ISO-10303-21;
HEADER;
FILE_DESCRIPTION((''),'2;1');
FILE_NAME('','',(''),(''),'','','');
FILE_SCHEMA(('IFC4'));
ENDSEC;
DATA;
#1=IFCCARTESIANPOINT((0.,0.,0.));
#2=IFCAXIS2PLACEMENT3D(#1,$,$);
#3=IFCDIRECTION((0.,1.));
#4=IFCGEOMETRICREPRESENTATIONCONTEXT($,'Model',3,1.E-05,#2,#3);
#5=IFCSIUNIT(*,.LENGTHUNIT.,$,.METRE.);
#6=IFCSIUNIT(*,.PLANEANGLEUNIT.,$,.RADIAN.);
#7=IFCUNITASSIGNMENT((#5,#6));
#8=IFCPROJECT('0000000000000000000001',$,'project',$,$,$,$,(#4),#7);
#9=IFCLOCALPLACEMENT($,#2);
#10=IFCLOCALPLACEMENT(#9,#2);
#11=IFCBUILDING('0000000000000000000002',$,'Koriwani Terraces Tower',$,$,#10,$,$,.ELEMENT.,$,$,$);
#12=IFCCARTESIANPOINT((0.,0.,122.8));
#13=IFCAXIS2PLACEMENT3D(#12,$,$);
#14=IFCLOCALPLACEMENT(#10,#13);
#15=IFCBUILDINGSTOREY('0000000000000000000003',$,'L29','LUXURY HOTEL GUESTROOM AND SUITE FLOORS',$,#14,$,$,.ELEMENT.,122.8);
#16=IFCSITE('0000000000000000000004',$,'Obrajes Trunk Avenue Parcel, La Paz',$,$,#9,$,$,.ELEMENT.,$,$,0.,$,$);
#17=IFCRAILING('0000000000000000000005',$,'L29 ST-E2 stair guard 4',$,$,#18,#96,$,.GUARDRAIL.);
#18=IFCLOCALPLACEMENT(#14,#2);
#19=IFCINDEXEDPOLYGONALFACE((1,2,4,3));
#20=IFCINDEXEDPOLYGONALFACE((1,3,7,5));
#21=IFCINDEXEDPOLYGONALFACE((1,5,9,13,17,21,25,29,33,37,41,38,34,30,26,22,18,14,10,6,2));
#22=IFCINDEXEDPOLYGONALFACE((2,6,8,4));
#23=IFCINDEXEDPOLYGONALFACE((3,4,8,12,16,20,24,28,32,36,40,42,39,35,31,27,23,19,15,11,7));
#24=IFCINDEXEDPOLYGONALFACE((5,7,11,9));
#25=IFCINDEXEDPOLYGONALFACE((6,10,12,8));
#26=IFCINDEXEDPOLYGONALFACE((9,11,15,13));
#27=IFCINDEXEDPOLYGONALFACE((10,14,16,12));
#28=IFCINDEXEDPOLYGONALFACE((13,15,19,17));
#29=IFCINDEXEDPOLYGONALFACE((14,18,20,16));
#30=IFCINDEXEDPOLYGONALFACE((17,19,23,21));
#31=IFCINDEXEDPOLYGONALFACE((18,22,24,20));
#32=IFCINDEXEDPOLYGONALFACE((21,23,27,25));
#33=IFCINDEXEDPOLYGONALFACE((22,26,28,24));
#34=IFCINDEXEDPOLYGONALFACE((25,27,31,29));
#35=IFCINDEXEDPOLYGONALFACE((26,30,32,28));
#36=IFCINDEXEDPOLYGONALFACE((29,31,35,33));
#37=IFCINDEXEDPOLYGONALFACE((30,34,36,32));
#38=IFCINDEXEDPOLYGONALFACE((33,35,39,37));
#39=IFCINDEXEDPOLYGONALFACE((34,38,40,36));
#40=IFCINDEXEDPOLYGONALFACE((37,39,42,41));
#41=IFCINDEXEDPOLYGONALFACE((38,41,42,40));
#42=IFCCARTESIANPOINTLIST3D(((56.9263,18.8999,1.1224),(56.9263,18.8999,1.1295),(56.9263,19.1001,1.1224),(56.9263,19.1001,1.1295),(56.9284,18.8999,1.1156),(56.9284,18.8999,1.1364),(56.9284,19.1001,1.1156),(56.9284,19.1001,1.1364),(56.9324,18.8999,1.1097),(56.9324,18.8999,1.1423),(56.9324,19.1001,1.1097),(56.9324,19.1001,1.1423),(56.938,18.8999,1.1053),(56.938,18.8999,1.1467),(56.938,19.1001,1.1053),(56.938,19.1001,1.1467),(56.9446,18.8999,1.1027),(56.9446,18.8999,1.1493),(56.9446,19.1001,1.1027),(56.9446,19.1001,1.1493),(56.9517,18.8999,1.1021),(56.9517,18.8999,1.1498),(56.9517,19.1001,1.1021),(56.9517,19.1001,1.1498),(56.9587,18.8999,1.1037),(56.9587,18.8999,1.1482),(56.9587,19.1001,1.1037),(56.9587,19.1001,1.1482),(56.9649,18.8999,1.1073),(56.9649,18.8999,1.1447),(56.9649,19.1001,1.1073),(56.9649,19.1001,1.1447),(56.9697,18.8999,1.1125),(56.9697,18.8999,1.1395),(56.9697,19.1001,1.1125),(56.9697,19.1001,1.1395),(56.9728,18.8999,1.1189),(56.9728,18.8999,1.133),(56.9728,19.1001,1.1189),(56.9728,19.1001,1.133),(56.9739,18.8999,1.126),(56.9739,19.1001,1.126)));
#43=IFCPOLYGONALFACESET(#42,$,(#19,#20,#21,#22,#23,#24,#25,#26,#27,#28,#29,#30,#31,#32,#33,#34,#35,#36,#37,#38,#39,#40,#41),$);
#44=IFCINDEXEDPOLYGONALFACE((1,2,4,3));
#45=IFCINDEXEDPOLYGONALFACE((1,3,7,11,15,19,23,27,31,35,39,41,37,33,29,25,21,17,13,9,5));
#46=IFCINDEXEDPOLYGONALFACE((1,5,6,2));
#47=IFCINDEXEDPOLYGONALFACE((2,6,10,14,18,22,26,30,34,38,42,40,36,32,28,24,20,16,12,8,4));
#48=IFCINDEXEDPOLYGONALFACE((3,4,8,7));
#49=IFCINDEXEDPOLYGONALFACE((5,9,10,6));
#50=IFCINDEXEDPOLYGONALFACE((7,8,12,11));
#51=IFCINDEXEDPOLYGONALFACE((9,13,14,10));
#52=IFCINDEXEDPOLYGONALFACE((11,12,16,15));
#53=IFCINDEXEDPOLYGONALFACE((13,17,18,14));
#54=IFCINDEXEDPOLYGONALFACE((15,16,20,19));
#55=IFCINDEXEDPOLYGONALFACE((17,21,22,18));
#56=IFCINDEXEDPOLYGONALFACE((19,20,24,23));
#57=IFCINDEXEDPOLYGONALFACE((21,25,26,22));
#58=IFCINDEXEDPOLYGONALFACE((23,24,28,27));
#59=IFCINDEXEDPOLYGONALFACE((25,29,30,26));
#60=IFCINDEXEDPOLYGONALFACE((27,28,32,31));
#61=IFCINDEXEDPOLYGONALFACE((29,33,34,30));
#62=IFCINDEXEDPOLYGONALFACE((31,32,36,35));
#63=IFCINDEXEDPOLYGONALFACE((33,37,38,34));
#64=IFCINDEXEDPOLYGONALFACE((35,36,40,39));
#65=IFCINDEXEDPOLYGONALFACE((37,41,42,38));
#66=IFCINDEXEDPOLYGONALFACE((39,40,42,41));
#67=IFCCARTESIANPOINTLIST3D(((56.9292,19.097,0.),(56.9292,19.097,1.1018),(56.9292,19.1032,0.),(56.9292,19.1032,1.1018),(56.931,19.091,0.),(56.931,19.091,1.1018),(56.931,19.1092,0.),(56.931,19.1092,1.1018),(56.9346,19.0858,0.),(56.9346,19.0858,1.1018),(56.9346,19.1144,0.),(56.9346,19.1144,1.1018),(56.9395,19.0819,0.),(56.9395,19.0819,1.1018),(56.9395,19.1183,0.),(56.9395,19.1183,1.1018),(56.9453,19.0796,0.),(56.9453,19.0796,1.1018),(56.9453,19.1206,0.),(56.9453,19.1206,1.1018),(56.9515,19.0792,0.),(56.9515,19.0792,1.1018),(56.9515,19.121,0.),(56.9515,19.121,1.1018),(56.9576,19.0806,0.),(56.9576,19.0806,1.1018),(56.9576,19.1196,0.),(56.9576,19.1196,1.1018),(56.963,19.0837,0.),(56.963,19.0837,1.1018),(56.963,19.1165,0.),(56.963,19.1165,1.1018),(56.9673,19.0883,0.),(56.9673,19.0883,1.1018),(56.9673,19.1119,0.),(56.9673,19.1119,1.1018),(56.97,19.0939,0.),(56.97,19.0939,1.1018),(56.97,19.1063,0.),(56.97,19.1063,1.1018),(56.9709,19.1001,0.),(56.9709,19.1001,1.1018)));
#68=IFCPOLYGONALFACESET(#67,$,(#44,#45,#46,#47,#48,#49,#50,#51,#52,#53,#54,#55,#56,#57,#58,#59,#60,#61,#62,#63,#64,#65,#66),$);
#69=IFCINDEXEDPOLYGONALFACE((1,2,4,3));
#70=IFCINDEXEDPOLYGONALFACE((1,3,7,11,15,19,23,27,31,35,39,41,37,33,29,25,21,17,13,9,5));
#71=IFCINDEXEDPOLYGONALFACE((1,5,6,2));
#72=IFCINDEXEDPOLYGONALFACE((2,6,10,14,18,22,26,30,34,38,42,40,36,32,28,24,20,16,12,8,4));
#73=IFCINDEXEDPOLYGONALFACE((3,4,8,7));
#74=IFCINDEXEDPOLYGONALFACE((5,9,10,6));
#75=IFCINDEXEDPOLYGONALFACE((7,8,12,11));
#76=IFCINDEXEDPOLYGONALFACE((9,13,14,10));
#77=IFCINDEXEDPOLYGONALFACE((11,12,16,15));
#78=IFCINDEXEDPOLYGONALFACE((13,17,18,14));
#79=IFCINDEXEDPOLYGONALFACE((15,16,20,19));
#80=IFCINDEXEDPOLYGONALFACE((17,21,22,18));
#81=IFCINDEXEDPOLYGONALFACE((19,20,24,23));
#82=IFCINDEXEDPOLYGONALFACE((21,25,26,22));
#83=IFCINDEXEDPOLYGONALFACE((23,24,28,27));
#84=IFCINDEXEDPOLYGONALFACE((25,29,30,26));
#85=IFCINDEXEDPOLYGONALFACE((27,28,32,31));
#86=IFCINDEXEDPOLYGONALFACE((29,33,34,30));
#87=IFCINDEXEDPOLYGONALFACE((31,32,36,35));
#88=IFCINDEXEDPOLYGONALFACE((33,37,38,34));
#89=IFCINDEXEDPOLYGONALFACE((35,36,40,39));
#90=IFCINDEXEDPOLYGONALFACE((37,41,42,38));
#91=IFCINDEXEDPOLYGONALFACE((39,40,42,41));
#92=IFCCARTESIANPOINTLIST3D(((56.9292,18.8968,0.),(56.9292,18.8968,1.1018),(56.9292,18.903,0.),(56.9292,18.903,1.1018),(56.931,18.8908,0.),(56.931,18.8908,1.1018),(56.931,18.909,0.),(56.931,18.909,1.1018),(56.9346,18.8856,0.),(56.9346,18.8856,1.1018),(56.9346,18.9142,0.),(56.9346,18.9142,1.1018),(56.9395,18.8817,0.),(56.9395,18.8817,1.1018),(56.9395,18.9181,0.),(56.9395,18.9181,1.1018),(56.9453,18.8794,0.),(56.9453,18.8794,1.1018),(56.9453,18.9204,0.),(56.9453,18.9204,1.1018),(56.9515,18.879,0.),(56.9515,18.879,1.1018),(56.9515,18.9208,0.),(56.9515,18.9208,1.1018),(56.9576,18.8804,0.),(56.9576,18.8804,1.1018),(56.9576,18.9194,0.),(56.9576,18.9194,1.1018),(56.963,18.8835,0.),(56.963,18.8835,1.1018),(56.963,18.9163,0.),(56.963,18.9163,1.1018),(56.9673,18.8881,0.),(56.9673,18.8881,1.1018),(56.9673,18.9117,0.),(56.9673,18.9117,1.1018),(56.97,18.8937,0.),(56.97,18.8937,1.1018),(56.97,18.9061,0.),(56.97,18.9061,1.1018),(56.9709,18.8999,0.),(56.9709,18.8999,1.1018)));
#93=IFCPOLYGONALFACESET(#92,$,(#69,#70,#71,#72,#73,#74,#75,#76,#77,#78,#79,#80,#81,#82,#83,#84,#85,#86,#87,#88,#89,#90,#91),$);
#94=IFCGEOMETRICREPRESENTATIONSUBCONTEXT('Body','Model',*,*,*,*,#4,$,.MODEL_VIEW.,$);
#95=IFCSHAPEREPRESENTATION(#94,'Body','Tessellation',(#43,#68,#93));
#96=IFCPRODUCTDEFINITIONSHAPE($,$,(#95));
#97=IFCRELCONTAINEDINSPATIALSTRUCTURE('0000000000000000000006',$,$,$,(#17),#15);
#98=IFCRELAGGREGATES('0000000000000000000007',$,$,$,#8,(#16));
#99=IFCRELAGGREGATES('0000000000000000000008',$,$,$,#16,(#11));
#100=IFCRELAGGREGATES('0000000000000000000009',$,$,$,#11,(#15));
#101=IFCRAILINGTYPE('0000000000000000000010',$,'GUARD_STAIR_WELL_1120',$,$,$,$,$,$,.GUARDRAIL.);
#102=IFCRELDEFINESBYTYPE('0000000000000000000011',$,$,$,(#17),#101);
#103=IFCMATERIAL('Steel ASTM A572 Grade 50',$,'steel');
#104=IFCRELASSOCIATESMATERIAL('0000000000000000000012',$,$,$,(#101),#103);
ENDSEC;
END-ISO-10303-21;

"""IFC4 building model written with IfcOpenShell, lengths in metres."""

from ifc_helpers import new_model, si_unit, direction, frame, origin, origin_2d, place, context, subcontext, project, spatial, circle, extrude, material, type_object, element, save


model = new_model("IFC4")

# Units and contexts
model_context = context("Model", 3, precision=1e-05, world=origin(), true_north=direction((0.0, 1.0)))
body_context = subcontext(model_context, "Body", "Model", "MODEL_VIEW")
ifc_project = project(units=[si_unit("LENGTHUNIT", "METRE"), si_unit("PLANEANGLEUNIT", "RADIAN")], contexts=[model_context])

# Site, building, storey
site_placement = place(None, origin())
site = spatial("IfcSite", under=ifc_project, at=site_placement, Name="Obrajes Trunk Avenue Parcel, La Paz", CompositionType="ELEMENT", RefElevation=0.0)
building_placement = place(site_placement, origin())
building = spatial("IfcBuilding", under=site, at=building_placement, Name="Koriwani Terraces Tower", CompositionType="ELEMENT")
storey_placement = place(building_placement, frame((0.0, 0.0, 122.8)))
storey = spatial("IfcBuildingStorey", under=building, at=storey_placement, Name="L29", Description="LUXURY HOTEL GUESTROOM AND SUITE FLOORS", CompositionType="ELEMENT", Elevation=122.8)

# Shared definitions
ifc_material_1 = material(Name="Steel ASTM A572 Grade 50", Category="steel")

# Railing
railing_type_1 = type_object("IfcRailingType", Name="GUARD_STAIR_WELL_1120", PredefinedType="GUARDRAIL", material=ifc_material_1)
railing_1_placement = place(storey_placement, frame((56.95, 19.1001, 0.0)))
element("IfcRailing", 1, at=railing_1_placement, inside=storey, type_object=railing_type_1, Name="L29 ST-E2 stair guard 4", PredefinedType="GUARDRAIL", context=body_context, shape_type="SweptSolid", body=[
    extrude(circle(Radius=0.0239, at=origin_2d()), frame((0.0, 0.0, 1.126), z_axis=(0.0, -1.0, 0.0), x_axis=(1.0, 0.0, 0.0)), (0.0, 0.0, 1.0), 0.2002),
    extrude(circle(Radius=0.021, at=origin_2d()), origin(), (0.0, 0.0, 1.0), 1.1018),
    extrude(circle(Radius=0.021, at=origin_2d()), frame((0.0, -0.2002, 0.0)), (0.0, 0.0, 1.0), 1.1018),
])

save(model, "model.ifc")
